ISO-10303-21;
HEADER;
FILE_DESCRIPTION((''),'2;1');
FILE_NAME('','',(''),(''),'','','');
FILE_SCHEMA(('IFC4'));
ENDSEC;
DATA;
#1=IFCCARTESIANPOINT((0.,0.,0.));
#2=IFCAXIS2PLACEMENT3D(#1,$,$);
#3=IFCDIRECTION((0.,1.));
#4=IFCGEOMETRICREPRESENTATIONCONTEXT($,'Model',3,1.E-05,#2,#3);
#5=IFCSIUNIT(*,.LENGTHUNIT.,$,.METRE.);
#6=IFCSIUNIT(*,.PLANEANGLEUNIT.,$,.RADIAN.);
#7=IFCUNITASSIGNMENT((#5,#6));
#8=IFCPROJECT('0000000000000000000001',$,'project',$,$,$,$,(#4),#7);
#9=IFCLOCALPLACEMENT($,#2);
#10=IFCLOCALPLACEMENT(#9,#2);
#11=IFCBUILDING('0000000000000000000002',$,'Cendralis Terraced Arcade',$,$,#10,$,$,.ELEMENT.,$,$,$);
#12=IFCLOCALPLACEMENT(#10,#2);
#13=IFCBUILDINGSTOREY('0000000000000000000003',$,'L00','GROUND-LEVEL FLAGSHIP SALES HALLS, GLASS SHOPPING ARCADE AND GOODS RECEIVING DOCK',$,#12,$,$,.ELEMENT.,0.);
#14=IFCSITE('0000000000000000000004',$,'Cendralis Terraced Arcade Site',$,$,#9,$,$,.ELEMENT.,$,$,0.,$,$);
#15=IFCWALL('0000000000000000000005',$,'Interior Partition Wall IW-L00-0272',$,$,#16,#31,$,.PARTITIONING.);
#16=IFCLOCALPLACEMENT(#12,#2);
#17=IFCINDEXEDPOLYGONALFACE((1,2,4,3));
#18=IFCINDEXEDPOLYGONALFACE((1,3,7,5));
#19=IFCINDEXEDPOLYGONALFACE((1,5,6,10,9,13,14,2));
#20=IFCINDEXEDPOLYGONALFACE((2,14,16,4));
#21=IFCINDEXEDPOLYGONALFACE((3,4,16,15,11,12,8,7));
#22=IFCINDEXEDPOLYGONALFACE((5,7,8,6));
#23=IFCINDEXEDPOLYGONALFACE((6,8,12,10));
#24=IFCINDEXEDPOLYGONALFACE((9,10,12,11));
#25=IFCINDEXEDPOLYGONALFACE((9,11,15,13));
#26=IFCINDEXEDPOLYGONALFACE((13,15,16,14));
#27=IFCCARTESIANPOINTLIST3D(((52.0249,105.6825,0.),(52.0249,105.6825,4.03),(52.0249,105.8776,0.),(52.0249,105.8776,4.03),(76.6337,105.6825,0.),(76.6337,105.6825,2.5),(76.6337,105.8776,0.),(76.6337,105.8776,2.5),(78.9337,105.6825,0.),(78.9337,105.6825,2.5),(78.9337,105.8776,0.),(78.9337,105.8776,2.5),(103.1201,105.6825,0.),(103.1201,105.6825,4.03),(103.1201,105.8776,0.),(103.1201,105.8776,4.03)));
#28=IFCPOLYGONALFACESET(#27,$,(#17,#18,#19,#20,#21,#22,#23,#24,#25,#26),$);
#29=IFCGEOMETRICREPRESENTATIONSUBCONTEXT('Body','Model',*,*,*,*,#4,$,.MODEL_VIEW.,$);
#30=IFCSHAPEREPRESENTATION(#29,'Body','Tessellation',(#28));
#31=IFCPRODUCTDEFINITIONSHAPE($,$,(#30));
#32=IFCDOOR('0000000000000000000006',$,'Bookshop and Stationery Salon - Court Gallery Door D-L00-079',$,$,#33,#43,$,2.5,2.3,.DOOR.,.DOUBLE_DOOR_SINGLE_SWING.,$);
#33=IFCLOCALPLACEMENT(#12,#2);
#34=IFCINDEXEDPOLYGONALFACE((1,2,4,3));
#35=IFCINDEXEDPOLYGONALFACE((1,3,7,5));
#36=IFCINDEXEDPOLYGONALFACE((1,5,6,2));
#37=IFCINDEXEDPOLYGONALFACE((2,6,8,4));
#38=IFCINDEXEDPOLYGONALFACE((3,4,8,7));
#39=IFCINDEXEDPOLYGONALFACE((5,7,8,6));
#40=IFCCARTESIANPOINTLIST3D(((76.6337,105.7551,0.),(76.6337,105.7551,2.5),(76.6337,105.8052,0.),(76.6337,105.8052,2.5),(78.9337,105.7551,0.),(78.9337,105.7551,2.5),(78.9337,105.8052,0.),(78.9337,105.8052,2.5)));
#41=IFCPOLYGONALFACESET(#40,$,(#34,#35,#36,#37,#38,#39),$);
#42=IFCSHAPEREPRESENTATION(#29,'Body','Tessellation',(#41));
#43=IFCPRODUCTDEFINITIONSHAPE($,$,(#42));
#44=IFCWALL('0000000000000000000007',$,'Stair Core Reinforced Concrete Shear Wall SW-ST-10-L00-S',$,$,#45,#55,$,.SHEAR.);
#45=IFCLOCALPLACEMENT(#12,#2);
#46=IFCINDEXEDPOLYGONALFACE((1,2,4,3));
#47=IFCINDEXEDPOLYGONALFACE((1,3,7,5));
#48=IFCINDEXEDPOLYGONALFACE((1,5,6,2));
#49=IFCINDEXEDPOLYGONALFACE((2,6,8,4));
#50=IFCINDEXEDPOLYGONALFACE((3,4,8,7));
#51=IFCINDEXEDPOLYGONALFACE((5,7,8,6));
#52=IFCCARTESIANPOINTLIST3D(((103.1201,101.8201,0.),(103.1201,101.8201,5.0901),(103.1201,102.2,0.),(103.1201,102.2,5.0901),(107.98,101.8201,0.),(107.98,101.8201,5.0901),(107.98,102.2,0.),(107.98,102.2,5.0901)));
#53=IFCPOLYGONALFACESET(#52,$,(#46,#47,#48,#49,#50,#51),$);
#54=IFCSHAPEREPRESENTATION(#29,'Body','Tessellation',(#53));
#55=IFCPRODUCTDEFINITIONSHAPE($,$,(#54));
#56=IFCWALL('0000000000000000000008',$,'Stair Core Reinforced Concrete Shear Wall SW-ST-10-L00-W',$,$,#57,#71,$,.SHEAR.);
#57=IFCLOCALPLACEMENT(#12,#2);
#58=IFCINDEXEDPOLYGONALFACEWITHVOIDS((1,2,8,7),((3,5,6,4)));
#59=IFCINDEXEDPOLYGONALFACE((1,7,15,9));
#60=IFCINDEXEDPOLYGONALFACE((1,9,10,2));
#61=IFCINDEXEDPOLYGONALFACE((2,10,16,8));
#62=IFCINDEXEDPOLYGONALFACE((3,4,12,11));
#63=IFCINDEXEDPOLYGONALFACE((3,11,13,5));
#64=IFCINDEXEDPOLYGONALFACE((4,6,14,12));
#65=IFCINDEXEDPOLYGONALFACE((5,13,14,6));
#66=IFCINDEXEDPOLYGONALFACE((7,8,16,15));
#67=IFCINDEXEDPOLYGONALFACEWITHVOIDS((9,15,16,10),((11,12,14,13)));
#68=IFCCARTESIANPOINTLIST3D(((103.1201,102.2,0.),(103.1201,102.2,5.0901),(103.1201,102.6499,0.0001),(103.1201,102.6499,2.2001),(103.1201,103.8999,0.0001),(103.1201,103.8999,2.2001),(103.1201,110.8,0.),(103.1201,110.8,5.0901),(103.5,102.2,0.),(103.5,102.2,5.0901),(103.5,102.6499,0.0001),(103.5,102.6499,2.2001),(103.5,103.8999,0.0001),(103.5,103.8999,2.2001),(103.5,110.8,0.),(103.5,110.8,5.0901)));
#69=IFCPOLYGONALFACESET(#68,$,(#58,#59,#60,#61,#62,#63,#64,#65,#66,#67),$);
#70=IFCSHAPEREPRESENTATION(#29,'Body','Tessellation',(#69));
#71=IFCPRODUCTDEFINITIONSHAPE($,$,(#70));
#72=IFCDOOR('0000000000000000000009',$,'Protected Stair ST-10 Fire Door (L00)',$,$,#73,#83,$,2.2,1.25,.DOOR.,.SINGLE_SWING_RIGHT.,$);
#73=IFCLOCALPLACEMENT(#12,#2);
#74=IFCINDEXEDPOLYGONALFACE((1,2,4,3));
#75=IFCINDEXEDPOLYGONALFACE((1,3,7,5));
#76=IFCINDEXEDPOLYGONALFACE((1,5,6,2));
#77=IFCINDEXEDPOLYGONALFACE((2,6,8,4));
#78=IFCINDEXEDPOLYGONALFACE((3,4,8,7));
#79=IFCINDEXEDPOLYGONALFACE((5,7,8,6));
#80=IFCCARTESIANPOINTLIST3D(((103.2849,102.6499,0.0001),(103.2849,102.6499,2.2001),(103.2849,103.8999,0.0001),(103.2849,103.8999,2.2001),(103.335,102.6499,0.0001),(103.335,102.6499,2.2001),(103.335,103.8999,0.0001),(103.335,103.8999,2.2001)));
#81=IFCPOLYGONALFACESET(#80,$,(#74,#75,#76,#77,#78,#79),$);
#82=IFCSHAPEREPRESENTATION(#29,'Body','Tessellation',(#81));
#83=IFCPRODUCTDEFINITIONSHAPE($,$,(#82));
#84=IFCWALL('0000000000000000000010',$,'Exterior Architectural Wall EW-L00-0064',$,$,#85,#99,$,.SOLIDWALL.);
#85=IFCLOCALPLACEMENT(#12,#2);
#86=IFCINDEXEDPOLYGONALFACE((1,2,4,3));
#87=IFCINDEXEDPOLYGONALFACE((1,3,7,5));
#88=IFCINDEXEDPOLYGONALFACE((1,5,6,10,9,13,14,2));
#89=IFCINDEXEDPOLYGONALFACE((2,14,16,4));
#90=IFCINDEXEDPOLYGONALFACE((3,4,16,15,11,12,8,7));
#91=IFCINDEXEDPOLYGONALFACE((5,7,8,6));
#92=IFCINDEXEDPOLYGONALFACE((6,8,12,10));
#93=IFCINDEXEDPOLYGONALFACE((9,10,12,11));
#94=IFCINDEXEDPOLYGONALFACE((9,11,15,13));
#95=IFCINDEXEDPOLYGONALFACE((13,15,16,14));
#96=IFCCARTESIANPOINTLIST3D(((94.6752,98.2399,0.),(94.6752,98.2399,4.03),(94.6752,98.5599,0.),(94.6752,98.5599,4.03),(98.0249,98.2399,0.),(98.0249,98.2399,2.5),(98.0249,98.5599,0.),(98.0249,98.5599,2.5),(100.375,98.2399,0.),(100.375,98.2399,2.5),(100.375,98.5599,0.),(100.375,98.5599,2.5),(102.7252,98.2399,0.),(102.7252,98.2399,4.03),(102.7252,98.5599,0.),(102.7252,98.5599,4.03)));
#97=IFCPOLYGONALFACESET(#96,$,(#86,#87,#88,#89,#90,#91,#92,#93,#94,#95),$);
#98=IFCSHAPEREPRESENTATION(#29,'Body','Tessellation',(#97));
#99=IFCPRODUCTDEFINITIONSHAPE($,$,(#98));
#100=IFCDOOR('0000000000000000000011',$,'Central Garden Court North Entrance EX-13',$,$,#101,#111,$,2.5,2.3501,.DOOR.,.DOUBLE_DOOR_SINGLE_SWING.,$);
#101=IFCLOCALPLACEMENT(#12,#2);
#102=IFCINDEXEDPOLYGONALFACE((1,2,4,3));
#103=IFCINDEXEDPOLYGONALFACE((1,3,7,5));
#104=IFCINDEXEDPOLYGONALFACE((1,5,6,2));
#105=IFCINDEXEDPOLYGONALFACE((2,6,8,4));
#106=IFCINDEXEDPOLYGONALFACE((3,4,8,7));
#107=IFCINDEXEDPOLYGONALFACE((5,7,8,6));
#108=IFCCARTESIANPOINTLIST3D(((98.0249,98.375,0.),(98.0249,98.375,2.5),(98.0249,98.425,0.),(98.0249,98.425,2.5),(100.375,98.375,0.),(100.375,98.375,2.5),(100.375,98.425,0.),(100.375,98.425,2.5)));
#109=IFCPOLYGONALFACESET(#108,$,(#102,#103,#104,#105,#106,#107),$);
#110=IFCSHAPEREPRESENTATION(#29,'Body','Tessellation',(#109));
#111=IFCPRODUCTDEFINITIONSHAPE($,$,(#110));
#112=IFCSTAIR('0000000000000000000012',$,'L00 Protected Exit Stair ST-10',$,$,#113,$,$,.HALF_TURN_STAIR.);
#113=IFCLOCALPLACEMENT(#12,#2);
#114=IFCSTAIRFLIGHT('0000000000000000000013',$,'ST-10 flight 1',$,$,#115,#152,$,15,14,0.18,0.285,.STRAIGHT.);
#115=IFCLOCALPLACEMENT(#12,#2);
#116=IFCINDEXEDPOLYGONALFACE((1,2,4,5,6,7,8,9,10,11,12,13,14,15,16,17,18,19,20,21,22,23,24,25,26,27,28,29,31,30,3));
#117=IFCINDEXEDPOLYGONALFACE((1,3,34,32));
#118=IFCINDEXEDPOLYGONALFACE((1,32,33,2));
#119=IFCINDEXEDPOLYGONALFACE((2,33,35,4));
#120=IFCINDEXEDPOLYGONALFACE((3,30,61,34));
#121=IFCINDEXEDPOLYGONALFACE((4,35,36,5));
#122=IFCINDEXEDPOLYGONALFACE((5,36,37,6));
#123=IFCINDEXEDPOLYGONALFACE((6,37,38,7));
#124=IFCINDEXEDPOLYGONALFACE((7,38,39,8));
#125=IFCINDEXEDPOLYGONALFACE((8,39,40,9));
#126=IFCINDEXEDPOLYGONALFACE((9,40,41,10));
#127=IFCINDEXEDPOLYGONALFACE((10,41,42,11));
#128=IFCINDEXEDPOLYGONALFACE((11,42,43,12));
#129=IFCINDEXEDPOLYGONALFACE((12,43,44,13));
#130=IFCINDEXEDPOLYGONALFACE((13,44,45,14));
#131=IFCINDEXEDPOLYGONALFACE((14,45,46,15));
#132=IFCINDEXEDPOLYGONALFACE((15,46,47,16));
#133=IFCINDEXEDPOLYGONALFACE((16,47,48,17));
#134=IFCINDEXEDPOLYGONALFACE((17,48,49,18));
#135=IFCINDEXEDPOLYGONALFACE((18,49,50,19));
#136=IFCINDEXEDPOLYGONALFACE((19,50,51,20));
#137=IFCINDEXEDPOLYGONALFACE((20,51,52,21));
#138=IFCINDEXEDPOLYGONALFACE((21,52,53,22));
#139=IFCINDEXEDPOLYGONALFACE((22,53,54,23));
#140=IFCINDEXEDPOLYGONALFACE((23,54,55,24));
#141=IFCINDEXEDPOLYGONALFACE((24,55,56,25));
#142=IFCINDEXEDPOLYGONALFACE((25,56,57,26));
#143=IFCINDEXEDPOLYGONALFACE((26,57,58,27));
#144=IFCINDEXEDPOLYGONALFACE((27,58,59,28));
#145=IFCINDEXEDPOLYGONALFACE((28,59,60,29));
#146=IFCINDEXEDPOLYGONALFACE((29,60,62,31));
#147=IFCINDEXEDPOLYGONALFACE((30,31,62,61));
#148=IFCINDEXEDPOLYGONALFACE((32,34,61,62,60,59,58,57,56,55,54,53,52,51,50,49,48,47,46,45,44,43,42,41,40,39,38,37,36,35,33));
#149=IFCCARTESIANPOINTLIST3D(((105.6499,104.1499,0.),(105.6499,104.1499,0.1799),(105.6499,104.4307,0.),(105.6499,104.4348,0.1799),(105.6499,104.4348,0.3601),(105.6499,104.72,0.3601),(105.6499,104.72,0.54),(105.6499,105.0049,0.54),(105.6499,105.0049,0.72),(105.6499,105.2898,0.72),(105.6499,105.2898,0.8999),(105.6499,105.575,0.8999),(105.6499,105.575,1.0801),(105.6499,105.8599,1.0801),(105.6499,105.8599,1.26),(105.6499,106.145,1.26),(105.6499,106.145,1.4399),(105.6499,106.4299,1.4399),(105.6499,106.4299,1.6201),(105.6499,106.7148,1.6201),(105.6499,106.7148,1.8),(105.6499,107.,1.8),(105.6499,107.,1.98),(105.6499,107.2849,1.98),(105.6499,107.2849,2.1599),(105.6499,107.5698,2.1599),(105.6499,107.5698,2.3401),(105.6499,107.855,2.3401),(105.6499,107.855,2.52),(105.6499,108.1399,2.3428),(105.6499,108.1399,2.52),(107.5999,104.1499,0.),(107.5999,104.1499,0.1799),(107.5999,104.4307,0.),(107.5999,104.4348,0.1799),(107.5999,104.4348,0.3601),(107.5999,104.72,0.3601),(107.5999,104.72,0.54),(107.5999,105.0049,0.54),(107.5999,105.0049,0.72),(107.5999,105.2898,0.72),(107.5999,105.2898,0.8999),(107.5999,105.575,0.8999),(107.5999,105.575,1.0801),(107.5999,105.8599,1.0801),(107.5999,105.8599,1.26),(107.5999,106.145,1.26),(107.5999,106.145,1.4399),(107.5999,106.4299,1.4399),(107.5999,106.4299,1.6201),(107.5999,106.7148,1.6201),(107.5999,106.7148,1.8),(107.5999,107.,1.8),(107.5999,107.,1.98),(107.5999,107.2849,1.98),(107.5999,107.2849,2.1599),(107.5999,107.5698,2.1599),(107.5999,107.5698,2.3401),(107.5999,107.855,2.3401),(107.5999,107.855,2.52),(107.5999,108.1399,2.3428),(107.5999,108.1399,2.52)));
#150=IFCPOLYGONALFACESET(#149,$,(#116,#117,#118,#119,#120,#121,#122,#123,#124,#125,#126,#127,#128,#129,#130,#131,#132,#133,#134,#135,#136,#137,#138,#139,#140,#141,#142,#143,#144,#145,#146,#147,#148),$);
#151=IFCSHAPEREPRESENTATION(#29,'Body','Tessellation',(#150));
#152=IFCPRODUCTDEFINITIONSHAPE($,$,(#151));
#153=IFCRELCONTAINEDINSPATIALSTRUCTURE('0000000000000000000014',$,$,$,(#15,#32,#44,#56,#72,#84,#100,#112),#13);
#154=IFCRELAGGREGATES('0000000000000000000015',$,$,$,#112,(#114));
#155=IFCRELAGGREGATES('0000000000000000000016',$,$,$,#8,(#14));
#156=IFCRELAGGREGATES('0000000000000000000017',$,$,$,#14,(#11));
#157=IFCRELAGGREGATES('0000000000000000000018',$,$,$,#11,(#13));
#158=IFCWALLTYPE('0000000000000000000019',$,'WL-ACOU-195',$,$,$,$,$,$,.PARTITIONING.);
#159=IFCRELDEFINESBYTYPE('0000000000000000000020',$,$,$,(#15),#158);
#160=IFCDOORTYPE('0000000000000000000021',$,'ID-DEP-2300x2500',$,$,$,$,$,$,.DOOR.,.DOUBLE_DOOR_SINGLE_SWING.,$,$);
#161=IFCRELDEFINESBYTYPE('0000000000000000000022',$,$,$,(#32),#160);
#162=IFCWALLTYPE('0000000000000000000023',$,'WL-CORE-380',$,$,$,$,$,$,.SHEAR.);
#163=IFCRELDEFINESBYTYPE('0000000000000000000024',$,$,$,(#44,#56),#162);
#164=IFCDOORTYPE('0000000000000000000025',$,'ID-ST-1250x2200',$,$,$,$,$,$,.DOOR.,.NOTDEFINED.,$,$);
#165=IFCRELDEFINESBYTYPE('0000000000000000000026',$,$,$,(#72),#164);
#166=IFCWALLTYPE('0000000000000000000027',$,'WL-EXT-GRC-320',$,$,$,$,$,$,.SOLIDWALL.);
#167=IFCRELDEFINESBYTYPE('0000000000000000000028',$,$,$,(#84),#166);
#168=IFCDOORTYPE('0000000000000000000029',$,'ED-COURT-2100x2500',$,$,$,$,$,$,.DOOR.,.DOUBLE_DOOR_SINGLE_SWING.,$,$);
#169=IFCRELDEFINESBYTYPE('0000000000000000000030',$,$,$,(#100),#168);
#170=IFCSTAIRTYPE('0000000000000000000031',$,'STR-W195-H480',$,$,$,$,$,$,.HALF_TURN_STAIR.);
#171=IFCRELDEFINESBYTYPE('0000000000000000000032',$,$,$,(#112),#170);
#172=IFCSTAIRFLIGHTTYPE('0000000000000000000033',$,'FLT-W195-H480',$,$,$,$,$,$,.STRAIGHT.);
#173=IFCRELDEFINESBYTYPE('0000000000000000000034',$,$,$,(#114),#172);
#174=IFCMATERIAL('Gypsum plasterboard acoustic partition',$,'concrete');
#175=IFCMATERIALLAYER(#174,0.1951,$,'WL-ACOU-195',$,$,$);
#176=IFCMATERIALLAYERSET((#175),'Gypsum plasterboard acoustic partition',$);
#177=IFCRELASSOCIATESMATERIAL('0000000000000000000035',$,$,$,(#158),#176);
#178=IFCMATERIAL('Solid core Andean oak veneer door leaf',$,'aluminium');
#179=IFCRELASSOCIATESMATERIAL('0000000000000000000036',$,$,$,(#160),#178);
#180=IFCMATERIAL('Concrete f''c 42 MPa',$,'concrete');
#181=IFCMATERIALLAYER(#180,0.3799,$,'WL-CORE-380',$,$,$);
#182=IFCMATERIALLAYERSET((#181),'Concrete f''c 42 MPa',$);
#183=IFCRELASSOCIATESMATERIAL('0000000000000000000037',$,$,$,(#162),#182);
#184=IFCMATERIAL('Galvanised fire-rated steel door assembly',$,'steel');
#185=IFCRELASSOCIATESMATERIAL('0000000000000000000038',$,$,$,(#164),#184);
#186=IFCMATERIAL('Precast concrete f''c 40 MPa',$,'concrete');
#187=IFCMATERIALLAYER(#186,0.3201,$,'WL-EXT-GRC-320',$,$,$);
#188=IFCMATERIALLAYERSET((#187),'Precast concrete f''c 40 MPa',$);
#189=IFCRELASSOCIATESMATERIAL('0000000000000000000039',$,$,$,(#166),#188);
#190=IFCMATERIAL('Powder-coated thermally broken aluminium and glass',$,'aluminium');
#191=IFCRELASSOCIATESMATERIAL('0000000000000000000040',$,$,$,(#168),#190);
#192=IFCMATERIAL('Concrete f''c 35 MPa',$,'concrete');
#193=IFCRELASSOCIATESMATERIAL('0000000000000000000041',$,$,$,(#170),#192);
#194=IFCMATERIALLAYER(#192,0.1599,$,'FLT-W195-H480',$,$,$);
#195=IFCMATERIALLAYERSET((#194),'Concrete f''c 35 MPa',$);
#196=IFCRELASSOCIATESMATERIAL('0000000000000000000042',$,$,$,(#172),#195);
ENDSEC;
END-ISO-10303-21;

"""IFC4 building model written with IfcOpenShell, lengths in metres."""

from ifc_helpers import new_model, si_unit, direction, frame, frame_2d, origin, place, context, subcontext, project, spatial, polyline, rectangle, outline, extrude, material, layer, layer_set, type_object, element, fill, aggregate, save


model = new_model("IFC4")

# Units and contexts
model_context = context("Model", 3, precision=1e-05, world=origin(), true_north=direction((0.0, 1.0)))
body_context = subcontext(model_context, "Body", "Model", "MODEL_VIEW")
ifc_project = project(units=[si_unit("LENGTHUNIT", "METRE"), si_unit("PLANEANGLEUNIT", "RADIAN")], contexts=[model_context])

# Site, building, storey
site_placement = place(None, origin())
site = spatial("IfcSite", under=ifc_project, at=site_placement, Name="Cendralis Terraced Arcade Site", CompositionType="ELEMENT", RefElevation=0.0)
building_placement = place(site_placement, origin())
building = spatial("IfcBuilding", under=site, at=building_placement, Name="Cendralis Terraced Arcade", CompositionType="ELEMENT")
storey_placement = place(building_placement, origin())
storey = spatial("IfcBuildingStorey", under=building, at=storey_placement, Name="L00", Description="GROUND-LEVEL FLAGSHIP SALES HALLS, GLASS SHOPPING ARCADE AND GOODS RECEIVING DOCK", CompositionType="ELEMENT", Elevation=0.0)

# Shared definitions
ifc_material_1 = material(Name="Concrete f'c 35 MPa", Category="concrete")

# Shared definitions
ifc_material_2 = material(Name="Concrete f'c 42 MPa", Category="concrete")

# Wall, opening, door
ifc_material_3 = material(Name="Gypsum plasterboard acoustic partition", Category="concrete")
ifc_layer_1 = layer(ifc_material_3, 0.1951, Name="WL-ACOU-195")
ifc_layer_set_1 = layer_set([ifc_layer_1], Name="Gypsum plasterboard acoustic partition")
wall_type_1 = type_object("IfcWallType", Name="WL-ACOU-195", PredefinedType="PARTITIONING", material=ifc_layer_set_1)
wall_1_placement = place(storey_placement, frame((103.1201, 105.78, 0.0), z_axis=(0.0, 0.0, 1.0), x_axis=(-1.0, 0.0, 0.0)))
wall_1 = element("IfcWall", 1, at=wall_1_placement, inside=storey, type_object=wall_type_1, Name="Interior Partition Wall IW-L00-0272", PredefinedType="PARTITIONING", context=body_context, shape_type="SweptSolid", body=[
    extrude(rectangle(XDim=51.0952, YDim=0.1951, at=frame_2d((25.5476, 0.0))), origin(), (0.0, 0.0, 1.0), 4.03),
])
opening_1_placement = place(wall_1_placement, frame((24.1865, 0.0, 0.0)))
opening_1 = element("IfcOpeningElement", 2, at=opening_1_placement, cuts=wall_1, PredefinedType="OPENING", context=body_context, shape_type="SweptSolid", body=[
    extrude(rectangle(XDim=2.3, YDim=2.5, at=frame_2d((1.1499, 1.25))), frame((0.0, 0.1094, 0.0), z_axis=(0.0, -1.0, 0.0), x_axis=(1.0, 0.0, 0.0)), (0.0, 0.0, 1.0), 0.219),
])
ifc_material_4 = material(Name="Solid core Andean oak veneer door leaf", Category="aluminium")
door_type_1 = type_object("IfcDoorType", Name="ID-DEP-2300x2500", OperationType="DOUBLE_DOOR_SINGLE_SWING", PredefinedType="DOOR", material=ifc_material_4)
door_1_placement = place(opening_1_placement, origin())
door_1 = element("IfcDoor", 3, at=door_1_placement, inside=storey, type_object=door_type_1, Name="Bookshop and Stationery Salon - Court Gallery Door D-L00-079", OperationType="DOUBLE_DOOR_SINGLE_SWING", OverallHeight=2.5, OverallWidth=2.3, PredefinedType="DOOR", context=body_context, shape_type="SweptSolid", body=[
    extrude(rectangle(XDim=2.3, YDim=2.5, at=frame_2d((1.1499, 1.25))), frame((0.0, 0.0249, 0.0), z_axis=(0.0, -1.0, 0.0), x_axis=(1.0, 0.0, 0.0)), (0.0, 0.0, 1.0), 0.05),
])
fill(opening_1, door_1)

# Wall
ifc_layer_2 = layer(ifc_material_2, 0.3799, Name="WL-CORE-380")
ifc_layer_set_2 = layer_set([ifc_layer_2], Name="Concrete f'c 42 MPa")
wall_type_2 = type_object("IfcWallType", Name="WL-CORE-380", PredefinedType="SHEAR", material=ifc_layer_set_2)
wall_2_placement = place(storey_placement, frame((103.1201, 102.01, 0.0), z_axis=(0.0, 0.0, 1.0), x_axis=(1.0, 0.0, 0.0)))
element("IfcWall", 4, at=wall_2_placement, inside=storey, type_object=wall_type_2, Name="Stair Core Reinforced Concrete Shear Wall SW-ST-10-L00-S", PredefinedType="SHEAR", context=body_context, shape_type="SweptSolid", body=[
    extrude(rectangle(XDim=4.8599, YDim=0.3799, at=frame_2d((2.4299, 0.0))), origin(), (0.0, 0.0, 1.0), 5.0901),
])

# Walls, openings, doors
wall_3_placement = place(storey_placement, frame((103.3101, 102.2, 0.0), z_axis=(0.0, 0.0, 1.0), x_axis=(0.0, 1.0, 0.0)))
wall_3 = element("IfcWall", 5, at=wall_3_placement, inside=storey, type_object=wall_type_2, Name="Stair Core Reinforced Concrete Shear Wall SW-ST-10-L00-W", PredefinedType="SHEAR", context=body_context, shape_type="SweptSolid", body=[
    extrude(rectangle(XDim=8.6001, YDim=0.3799, at=frame_2d((4.3, 0.0))), origin(), (0.0, 0.0, 1.0), 5.0901),
])
opening_2_placement = place(wall_3_placement, frame((0.45, 0.0, 0.0)))
opening_2 = element("IfcOpeningElement", 6, at=opening_2_placement, cuts=wall_3, PredefinedType="OPENING", context=body_context, shape_type="SweptSolid", body=[
    extrude(rectangle(XDim=1.25, YDim=2.2, at=frame_2d((0.625, 1.1001))), frame((0.0, 0.2019, 0.0), z_axis=(0.0, -1.0, 0.0), x_axis=(1.0, 0.0, 0.0)), (0.0, 0.0, 1.0), 0.4038),
])
ifc_material_5 = material(Name="Galvanised fire-rated steel door assembly", Category="steel")
door_type_2 = type_object("IfcDoorType", Name="ID-ST-1250x2200", OperationType="NOTDEFINED", PredefinedType="DOOR", material=ifc_material_5)
door_2_placement = place(opening_2_placement, frame((1.25, 0.0, 0.0), z_axis=(0.0, 0.0, 1.0), x_axis=(-1.0, 0.0, 0.0)))
door_2 = element("IfcDoor", 7, at=door_2_placement, inside=storey, type_object=door_type_2, Name="Protected Stair ST-10 Fire Door (L00)", OperationType="SINGLE_SWING_RIGHT", OverallHeight=2.2, OverallWidth=1.25, PredefinedType="DOOR", context=body_context, shape_type="SweptSolid", body=[
    extrude(rectangle(XDim=1.25, YDim=2.2, at=frame_2d((0.625, 1.1001))), frame((0.0, 0.0249, 0.0), z_axis=(0.0, -1.0, 0.0), x_axis=(1.0, 0.0, 0.0)), (0.0, 0.0, 1.0), 0.05),
])
fill(opening_2, door_2)
ifc_material_6 = material(Name="Precast concrete f'c 40 MPa", Category="concrete")
ifc_layer_3 = layer(ifc_material_6, 0.3201, Name="WL-EXT-GRC-320")
ifc_layer_set_3 = layer_set([ifc_layer_3], Name="Precast concrete f'c 40 MPa")
wall_type_3 = type_object("IfcWallType", Name="WL-EXT-GRC-320", PredefinedType="SOLIDWALL", material=ifc_layer_set_3)
wall_4_placement = place(storey_placement, frame((102.7251, 98.3999, 0.0), z_axis=(0.0, 0.0, 1.0), x_axis=(-1.0, 0.0, 0.0)))
wall_4 = element("IfcWall", 8, at=wall_4_placement, inside=storey, type_object=wall_type_3, Name="Exterior Architectural Wall EW-L00-0064", PredefinedType="SOLIDWALL", context=body_context, shape_type="SweptSolid", body=[
    extrude(rectangle(XDim=8.05, YDim=0.3201, at=frame_2d((4.0249, 0.0))), origin(), (0.0, 0.0, 1.0), 4.03),
])
opening_3_placement = place(wall_4_placement, frame((2.3501, 0.0, 0.0)))
opening_3 = element("IfcOpeningElement", 9, at=opening_3_placement, cuts=wall_4, PredefinedType="OPENING", context=body_context, shape_type="SweptSolid", body=[
    extrude(rectangle(XDim=2.3501, YDim=2.5, at=frame_2d((1.175, 1.25))), frame((0.0, 0.1719, 0.0), z_axis=(0.0, -1.0, 0.0), x_axis=(1.0, 0.0, 0.0)), (0.0, 0.0, 1.0), 0.344),
])
ifc_material_7 = material(Name="Powder-coated thermally broken aluminium and glass", Category="aluminium")
door_type_3 = type_object("IfcDoorType", Name="ED-COURT-2100x2500", OperationType="DOUBLE_DOOR_SINGLE_SWING", PredefinedType="DOOR", material=ifc_material_7)
door_3_placement = place(opening_3_placement, origin())
door_3 = element("IfcDoor", 10, at=door_3_placement, inside=storey, type_object=door_type_3, Name="Central Garden Court North Entrance EX-13", OperationType="DOUBLE_DOOR_SINGLE_SWING", OverallHeight=2.5, OverallWidth=2.3501, PredefinedType="DOOR", context=body_context, shape_type="SweptSolid", body=[
    extrude(rectangle(XDim=2.3501, YDim=2.5, at=frame_2d((1.175, 1.25))), frame((0.0, 0.0249, 0.0), z_axis=(0.0, -1.0, 0.0), x_axis=(1.0, 0.0, 0.0)), (0.0, 0.0, 1.0), 0.05),
])
fill(opening_3, door_3)

# Stair, stair flight
stair_type = type_object("IfcStairType", Name="STR-W195-H480", PredefinedType="HALF_TURN_STAIR", material=ifc_material_1)
stair_placement = place(storey_placement, origin())
stair = element("IfcStair", 11, at=stair_placement, inside=storey, type_object=stair_type, Name="L00 Protected Exit Stair ST-10", PredefinedType="HALF_TURN_STAIR")
ifc_layer_4 = layer(ifc_material_1, 0.1599, Name="FLT-W195-H480")
ifc_layer_set_4 = layer_set([ifc_layer_4], Name="Concrete f'c 35 MPa")
stair_flight_type = type_object("IfcStairFlightType", Name="FLT-W195-H480", PredefinedType="STRAIGHT", material=ifc_layer_set_4)
stair_flight_1_placement = place(storey_placement, frame((106.625, 104.1499, 0.0), z_axis=(0.0, 0.0, 1.0), x_axis=(0.0, 1.0, 0.0)))
stair_flight_1 = element("IfcStairFlight", 12, at=stair_flight_1_placement, type_object=stair_flight_type, Name="ST-10 flight 1", NumberOfRisers=15, NumberOfTreads=14, PredefinedType="STRAIGHT", RiserHeight=0.18, TreadLength=0.285, context=body_context, shape_type="SweptSolid", body=[
    extrude(outline(polyline([(0.0, 0.0), (0.0, 0.1799), (0.2849, 0.1799), (0.2849, 0.3601), (0.5701, 0.3601), (0.5701, 0.54), (0.855, 0.54), (0.855, 0.72), (1.1399, 0.72), (1.1399, 0.8999), (1.425, 0.8999), (1.425, 1.0801), (1.71, 1.0801), (1.71, 1.26), (1.9951, 1.26), (1.9951, 1.4399), (2.28, 1.4399), (2.28, 1.6201), (2.5649, 1.6201), (2.5649, 1.8), (2.8501, 1.8), (2.8501, 1.98), (3.135, 1.98), (3.135, 2.1599), (3.4199, 2.1599), (3.4199, 2.3401), (3.7051, 2.3401), (3.7051, 2.52), (3.99, 2.52), (3.99, 2.7), (3.99, 2.3428), (0.2808, 0.0), (0.0, 0.0)])), frame((0.0, 0.9751, 0.0), z_axis=(0.0, -1.0, 0.0), x_axis=(1.0, 0.0, 0.0)), (0.0, 0.0, 1.0), 1.95),
])
aggregate(stair, [stair_flight_1])

save(model, "model.ifc")
